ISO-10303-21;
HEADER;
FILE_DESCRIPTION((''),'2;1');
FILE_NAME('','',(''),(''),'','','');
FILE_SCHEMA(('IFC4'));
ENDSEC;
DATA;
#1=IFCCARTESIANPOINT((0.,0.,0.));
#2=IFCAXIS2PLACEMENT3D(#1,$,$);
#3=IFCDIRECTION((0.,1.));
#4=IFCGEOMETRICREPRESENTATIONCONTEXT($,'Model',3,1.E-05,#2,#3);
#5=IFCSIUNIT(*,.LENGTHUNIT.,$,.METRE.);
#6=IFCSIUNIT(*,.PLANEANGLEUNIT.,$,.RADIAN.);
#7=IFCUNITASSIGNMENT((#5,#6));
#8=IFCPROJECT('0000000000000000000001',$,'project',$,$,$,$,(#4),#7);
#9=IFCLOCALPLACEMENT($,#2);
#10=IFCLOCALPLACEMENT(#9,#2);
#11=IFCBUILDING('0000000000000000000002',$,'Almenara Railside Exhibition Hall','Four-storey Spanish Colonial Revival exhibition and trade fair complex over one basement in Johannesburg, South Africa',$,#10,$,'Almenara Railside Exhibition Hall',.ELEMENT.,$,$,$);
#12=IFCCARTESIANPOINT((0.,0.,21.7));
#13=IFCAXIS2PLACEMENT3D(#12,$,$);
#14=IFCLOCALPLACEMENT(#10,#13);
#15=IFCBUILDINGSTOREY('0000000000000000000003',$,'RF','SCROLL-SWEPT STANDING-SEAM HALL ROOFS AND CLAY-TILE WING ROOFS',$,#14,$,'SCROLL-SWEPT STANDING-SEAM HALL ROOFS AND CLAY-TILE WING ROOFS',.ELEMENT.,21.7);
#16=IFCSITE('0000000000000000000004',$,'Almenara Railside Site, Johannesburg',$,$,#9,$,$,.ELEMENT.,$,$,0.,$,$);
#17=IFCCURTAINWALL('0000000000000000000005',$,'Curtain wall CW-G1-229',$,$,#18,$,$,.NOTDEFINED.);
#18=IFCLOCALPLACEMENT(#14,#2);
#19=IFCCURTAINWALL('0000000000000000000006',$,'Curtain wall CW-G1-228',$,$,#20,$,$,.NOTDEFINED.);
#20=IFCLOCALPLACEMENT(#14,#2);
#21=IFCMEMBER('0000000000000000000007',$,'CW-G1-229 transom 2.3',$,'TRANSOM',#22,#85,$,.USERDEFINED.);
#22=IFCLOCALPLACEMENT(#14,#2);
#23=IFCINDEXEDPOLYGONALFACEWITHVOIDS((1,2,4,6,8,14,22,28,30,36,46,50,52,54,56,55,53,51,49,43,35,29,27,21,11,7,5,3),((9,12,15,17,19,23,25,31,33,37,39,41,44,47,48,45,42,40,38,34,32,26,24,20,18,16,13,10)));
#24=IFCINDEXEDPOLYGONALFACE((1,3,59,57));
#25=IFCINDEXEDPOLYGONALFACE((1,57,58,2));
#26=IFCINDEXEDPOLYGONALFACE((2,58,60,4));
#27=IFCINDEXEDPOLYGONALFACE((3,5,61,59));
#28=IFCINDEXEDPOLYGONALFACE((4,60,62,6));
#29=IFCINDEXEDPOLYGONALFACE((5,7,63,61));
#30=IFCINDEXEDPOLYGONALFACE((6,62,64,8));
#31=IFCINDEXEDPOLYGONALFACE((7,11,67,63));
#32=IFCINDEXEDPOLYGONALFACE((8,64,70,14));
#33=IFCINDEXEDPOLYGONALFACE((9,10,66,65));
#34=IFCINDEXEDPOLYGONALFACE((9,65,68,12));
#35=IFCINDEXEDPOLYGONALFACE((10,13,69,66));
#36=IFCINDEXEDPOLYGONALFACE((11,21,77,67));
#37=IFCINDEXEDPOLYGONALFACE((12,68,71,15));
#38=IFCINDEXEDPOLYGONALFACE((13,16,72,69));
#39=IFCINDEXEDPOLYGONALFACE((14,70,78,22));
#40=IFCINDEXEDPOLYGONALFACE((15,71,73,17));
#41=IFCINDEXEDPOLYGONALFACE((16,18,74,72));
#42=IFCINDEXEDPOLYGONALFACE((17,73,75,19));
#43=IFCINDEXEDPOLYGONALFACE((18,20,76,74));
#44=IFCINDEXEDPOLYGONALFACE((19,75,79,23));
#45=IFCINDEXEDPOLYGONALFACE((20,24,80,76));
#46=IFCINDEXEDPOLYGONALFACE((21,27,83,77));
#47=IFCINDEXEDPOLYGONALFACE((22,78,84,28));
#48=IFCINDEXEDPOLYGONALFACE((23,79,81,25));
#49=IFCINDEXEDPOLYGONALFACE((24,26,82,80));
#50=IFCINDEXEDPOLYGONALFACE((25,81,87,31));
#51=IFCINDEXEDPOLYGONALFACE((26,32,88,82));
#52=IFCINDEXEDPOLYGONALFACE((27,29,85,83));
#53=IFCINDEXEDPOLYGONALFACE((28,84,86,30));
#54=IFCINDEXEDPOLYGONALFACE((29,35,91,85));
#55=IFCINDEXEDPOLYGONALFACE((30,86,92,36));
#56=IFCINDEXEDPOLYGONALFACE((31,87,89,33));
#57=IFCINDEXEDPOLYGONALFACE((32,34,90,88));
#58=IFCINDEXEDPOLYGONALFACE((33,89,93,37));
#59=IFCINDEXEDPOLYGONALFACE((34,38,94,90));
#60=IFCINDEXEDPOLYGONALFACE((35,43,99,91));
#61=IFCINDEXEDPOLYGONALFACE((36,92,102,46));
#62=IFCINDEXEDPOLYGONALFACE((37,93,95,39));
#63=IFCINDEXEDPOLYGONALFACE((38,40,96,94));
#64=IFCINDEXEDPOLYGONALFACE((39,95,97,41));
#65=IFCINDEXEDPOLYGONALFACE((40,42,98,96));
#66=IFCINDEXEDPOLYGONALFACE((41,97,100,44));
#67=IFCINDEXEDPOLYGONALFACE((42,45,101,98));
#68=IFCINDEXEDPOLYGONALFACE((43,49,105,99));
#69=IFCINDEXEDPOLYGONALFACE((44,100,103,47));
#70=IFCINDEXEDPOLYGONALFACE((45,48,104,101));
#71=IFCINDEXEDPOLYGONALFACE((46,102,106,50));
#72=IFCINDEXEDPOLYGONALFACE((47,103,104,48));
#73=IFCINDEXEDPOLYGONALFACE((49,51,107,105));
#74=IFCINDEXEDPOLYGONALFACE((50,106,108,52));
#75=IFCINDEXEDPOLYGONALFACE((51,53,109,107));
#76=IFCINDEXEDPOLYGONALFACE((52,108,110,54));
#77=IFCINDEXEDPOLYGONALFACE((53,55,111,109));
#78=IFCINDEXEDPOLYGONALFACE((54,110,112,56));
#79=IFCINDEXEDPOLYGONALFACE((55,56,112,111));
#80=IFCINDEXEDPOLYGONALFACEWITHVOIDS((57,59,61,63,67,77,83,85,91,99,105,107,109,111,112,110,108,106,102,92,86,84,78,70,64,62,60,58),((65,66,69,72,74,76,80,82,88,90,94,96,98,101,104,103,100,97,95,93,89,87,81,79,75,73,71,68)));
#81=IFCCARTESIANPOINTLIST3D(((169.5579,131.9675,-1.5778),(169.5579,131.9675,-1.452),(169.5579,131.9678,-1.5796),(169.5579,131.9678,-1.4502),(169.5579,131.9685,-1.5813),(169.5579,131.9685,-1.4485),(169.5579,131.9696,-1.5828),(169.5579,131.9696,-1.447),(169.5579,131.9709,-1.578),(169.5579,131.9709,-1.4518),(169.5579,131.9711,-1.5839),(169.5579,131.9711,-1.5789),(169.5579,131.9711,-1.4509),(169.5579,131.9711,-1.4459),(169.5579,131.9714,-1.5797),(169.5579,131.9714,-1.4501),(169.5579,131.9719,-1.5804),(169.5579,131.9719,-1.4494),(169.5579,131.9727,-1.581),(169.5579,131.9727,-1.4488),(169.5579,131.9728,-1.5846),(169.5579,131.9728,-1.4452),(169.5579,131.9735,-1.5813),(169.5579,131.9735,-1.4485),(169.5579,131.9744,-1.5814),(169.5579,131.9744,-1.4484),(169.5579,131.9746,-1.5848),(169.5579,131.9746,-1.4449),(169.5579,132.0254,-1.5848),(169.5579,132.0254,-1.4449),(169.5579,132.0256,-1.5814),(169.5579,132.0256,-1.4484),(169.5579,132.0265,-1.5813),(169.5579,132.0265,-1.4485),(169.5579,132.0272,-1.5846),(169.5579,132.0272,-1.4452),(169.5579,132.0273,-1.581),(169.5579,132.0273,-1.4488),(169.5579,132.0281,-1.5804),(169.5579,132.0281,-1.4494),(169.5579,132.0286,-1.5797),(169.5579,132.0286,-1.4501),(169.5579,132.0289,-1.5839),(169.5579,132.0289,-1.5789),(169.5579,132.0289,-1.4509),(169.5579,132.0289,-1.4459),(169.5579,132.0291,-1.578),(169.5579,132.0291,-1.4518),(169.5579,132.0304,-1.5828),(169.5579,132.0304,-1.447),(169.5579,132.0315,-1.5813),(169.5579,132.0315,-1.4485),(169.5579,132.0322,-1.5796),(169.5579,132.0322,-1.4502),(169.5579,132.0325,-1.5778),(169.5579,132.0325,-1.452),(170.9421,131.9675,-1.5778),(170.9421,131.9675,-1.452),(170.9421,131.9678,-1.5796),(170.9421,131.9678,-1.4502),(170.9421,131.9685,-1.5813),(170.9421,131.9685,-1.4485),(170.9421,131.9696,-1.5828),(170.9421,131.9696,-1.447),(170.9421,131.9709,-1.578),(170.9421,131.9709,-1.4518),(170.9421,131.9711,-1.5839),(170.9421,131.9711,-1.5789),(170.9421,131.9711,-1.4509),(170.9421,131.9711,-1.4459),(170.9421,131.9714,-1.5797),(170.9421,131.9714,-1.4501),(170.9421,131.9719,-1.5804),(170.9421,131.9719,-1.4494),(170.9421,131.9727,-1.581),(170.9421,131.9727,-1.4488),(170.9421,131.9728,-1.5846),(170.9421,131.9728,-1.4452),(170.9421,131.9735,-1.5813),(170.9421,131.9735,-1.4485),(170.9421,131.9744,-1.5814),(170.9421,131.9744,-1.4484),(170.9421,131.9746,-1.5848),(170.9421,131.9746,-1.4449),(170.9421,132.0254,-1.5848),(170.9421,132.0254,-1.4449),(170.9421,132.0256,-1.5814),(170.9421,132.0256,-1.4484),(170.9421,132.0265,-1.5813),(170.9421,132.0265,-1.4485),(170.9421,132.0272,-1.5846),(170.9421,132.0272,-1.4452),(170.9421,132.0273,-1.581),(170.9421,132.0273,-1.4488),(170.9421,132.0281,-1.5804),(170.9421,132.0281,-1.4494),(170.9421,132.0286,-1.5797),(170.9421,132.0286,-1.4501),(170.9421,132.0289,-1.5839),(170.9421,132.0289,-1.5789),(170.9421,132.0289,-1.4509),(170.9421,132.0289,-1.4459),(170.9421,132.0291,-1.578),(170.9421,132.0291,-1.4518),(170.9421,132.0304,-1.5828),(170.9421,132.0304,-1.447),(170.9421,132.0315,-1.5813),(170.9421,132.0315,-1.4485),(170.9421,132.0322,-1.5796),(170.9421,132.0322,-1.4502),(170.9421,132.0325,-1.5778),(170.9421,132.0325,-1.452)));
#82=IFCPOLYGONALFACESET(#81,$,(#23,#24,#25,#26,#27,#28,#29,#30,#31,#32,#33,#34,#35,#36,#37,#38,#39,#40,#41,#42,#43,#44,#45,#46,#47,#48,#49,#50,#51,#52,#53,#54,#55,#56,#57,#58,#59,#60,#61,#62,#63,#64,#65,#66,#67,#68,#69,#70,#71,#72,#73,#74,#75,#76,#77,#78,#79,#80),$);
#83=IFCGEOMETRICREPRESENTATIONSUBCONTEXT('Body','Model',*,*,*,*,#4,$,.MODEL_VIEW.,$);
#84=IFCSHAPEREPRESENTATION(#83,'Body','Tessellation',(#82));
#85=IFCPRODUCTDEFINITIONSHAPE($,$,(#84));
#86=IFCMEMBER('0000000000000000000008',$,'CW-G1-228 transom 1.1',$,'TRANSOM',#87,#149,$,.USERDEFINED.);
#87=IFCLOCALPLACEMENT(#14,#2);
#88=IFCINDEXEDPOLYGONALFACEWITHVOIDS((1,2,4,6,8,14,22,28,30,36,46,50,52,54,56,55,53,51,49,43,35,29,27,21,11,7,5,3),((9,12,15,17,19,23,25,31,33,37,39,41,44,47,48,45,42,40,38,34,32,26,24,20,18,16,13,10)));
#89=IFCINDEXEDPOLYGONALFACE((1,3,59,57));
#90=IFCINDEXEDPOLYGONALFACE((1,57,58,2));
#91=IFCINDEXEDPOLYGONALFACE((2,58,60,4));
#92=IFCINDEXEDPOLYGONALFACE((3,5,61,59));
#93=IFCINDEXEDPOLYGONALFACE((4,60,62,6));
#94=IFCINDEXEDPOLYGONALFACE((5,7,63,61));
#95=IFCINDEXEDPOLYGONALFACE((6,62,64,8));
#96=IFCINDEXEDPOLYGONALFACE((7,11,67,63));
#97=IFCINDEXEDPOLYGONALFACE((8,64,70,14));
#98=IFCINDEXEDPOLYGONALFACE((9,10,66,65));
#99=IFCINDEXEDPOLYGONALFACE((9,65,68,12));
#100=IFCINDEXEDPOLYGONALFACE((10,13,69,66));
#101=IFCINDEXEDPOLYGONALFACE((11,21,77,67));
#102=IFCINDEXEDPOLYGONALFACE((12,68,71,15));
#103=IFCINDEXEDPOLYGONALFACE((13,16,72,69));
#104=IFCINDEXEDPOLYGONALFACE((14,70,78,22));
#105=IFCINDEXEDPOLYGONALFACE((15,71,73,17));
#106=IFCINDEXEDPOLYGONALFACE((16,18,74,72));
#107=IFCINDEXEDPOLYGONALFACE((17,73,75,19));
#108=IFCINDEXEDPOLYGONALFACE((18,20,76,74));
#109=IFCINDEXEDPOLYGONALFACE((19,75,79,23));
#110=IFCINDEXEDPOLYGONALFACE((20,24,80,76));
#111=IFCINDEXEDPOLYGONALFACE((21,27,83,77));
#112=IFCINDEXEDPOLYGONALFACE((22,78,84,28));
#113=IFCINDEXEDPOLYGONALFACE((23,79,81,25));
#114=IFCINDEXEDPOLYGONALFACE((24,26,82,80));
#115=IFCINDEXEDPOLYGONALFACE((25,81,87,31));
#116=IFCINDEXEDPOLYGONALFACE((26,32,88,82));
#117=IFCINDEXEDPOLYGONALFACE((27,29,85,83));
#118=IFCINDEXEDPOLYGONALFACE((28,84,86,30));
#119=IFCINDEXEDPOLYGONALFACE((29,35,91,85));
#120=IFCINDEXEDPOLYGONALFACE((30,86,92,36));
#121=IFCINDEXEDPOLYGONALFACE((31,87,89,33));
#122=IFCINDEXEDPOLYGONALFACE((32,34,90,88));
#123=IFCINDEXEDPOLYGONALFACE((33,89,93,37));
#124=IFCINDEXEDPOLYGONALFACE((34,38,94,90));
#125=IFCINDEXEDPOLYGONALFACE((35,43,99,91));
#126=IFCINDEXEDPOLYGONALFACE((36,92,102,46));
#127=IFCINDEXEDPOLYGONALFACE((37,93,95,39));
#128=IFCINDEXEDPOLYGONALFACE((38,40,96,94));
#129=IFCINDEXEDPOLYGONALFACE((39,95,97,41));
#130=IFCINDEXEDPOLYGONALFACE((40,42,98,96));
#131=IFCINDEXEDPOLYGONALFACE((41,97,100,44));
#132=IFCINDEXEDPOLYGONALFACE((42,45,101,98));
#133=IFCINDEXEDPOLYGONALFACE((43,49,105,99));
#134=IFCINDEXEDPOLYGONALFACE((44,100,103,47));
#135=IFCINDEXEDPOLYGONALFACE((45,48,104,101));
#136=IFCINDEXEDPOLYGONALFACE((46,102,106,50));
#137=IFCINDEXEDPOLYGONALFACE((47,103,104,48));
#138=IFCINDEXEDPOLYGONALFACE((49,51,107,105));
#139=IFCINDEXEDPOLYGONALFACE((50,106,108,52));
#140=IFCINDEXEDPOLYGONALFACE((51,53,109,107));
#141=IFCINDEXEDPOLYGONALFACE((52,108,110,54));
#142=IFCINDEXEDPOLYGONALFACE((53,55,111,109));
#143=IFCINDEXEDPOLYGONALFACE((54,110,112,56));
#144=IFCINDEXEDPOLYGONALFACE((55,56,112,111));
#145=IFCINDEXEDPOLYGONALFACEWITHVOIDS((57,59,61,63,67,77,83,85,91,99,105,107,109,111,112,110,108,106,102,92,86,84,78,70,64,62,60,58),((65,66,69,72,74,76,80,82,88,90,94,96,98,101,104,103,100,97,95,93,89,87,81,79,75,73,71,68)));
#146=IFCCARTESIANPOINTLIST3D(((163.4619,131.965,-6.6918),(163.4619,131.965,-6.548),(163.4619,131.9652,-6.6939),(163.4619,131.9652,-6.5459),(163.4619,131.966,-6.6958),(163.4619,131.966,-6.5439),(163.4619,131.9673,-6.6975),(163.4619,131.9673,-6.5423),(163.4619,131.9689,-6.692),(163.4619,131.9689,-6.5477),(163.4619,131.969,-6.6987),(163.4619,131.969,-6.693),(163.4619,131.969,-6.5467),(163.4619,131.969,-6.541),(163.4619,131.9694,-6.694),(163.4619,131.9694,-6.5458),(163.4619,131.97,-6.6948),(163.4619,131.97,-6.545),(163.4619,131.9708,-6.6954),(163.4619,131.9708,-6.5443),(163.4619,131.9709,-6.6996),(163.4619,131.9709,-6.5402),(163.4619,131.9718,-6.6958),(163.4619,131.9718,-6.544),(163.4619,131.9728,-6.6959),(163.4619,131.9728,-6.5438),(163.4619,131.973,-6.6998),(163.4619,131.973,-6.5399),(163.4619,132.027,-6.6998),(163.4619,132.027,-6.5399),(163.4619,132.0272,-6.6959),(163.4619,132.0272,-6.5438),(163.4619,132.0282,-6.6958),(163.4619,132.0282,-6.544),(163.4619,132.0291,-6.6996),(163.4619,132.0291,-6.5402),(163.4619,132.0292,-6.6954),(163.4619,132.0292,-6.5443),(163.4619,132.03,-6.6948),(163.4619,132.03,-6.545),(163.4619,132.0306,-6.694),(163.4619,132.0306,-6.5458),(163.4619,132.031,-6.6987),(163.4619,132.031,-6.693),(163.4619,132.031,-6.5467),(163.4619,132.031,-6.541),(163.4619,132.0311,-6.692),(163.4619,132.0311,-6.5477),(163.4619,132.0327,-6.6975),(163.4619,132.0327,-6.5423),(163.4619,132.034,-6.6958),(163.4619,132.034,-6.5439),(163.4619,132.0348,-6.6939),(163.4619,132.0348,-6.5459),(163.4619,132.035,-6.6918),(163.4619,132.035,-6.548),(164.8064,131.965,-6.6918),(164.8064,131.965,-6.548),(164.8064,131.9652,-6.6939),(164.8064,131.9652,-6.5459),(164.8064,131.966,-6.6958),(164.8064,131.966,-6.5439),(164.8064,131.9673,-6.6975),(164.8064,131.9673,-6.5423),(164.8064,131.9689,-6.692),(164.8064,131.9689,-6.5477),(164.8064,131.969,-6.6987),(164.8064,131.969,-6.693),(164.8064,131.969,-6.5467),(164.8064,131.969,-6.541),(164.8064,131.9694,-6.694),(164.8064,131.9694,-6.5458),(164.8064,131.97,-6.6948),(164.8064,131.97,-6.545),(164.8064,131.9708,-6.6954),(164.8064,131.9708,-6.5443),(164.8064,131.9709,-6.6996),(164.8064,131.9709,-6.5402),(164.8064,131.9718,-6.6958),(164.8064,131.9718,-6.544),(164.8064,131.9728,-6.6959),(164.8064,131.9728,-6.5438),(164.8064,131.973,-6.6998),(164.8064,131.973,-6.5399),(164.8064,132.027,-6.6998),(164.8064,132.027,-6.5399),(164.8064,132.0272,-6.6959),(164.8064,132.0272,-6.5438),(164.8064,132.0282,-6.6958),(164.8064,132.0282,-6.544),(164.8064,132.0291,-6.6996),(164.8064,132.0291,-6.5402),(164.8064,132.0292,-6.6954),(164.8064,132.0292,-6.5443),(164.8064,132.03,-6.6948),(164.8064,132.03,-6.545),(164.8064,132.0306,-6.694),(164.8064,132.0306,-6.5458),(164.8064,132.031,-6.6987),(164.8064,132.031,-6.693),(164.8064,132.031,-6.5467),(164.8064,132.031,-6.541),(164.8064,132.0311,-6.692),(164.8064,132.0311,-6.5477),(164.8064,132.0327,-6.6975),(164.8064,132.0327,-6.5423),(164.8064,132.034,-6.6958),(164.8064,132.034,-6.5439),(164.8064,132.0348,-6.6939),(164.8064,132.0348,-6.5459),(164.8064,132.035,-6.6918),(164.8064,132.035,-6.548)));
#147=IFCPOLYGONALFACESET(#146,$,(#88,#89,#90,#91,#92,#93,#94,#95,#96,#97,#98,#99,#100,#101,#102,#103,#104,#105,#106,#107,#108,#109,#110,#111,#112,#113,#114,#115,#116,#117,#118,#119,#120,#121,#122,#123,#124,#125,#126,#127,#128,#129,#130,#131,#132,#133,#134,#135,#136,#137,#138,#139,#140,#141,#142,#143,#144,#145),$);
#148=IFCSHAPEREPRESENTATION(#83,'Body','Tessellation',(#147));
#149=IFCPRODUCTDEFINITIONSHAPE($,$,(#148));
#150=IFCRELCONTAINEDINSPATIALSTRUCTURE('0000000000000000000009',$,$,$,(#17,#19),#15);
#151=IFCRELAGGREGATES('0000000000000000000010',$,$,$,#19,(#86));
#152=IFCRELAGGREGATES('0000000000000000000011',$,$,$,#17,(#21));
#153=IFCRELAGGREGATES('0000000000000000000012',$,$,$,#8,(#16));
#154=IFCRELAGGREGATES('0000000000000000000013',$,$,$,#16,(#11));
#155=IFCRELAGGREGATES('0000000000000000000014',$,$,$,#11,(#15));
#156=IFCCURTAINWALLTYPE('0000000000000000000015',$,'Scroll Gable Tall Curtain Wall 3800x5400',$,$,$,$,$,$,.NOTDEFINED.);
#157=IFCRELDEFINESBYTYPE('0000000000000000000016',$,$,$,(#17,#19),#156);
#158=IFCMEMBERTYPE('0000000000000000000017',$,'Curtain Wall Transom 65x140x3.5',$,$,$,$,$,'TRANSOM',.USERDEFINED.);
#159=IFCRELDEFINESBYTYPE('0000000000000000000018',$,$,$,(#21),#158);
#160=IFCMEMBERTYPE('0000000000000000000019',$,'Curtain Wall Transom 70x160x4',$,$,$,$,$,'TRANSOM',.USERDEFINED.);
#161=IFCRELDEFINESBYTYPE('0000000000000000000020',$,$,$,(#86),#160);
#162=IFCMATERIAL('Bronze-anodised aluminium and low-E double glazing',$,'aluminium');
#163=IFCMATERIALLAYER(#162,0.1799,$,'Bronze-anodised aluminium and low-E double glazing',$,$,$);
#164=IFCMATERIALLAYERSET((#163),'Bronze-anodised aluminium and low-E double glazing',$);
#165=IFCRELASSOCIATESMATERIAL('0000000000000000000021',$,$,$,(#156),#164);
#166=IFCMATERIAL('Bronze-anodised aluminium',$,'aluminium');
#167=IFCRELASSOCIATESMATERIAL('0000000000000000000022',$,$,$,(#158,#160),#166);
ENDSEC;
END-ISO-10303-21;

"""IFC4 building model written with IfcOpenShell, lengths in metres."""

from ifc_helpers import new_model, si_unit, direction, frame, origin, origin_2d, place, context, subcontext, project, spatial, hollow_rectangle, extrude, material, layer, layer_set, material_profile, profile_set, type_object, element, aggregate, save


model = new_model("IFC4")

# Units and contexts
model_context = context("Model", 3, precision=1e-05, world=origin(), true_north=direction((0.0, 1.0)))
body_context = subcontext(model_context, "Body", "Model", "MODEL_VIEW")
ifc_project = project(units=[si_unit("LENGTHUNIT", "METRE"), si_unit("PLANEANGLEUNIT", "RADIAN")], contexts=[model_context])

# Site, building, storey
site_placement = place(None, origin())
site = spatial("IfcSite", under=ifc_project, at=site_placement, Name="Almenara Railside Site, Johannesburg", CompositionType="ELEMENT", RefElevation=0.0)
building_placement = place(site_placement, origin())
building = spatial("IfcBuilding", under=site, at=building_placement, Name="Almenara Railside Exhibition Hall", Description="Four-storey Spanish Colonial Revival exhibition and trade fair complex over one basement in Johannesburg, South Africa", LongName="Almenara Railside Exhibition Hall", CompositionType="ELEMENT")
storey_placement = place(building_placement, frame((0.0, 0.0, 21.7)))
storey = spatial("IfcBuildingStorey", under=building, at=storey_placement, Name="RF", Description="SCROLL-SWEPT STANDING-SEAM HALL ROOFS AND CLAY-TILE WING ROOFS", LongName="SCROLL-SWEPT STANDING-SEAM HALL ROOFS AND CLAY-TILE WING ROOFS", CompositionType="ELEMENT", Elevation=21.7)

# Curtain walls
ifc_material_1 = material(Name="Bronze-anodised aluminium and low-E double glazing", Category="aluminium")
ifc_layer_1 = layer(ifc_material_1, 0.1799, Name="Bronze-anodised aluminium and low-E double glazing")
ifc_layer_set_1 = layer_set([ifc_layer_1], Name="Bronze-anodised aluminium and low-E double glazing")
curtain_wall_type = type_object("IfcCurtainWallType", Name="Scroll Gable Tall Curtain Wall 3800x5400", PredefinedType="NOTDEFINED", material=ifc_layer_set_1)
ifc_material_2 = material(Name="Bronze-anodised aluminium", Category="aluminium")
curtain_wall_1_placement = place(storey_placement, origin())
curtain_wall_1 = element("IfcCurtainWall", 1, at=curtain_wall_1_placement, inside=storey, type_object=curtain_wall_type, Name="Curtain wall CW-G1-229", PredefinedType="NOTDEFINED")
curtain_wall_2_placement = place(storey_placement, origin())
curtain_wall_2 = element("IfcCurtainWall", 2, at=curtain_wall_2_placement, inside=storey, type_object=curtain_wall_type, Name="Curtain wall CW-G1-228", PredefinedType="NOTDEFINED")

# Members
ifc_material_profile_1 = material_profile(ifc_material_2, hollow_rectangle(XDim=0.0649, YDim=0.1399, WallThickness=0.0034, InnerFilletRadius=0.0034, OuterFilletRadius=0.0071, at=origin_2d()), Name="ALU-TRN 65x140x3.5")
ifc_profile_set_1 = profile_set([ifc_material_profile_1], Name="Bronze-anodised aluminium")
member_type_1 = type_object("IfcMemberType", Name="Curtain Wall Transom 65x140x3.5", ElementType="TRANSOM", PredefinedType="USERDEFINED", material=ifc_profile_set_1)
member_1_placement = place(storey_placement, frame((169.5579, 132.0, -1.5149), z_axis=(1.0, 0.0, 0.0), x_axis=(0.0, 1.0, 0.0)))
member_1 = element("IfcMember", 3, at=member_1_placement, type_object=member_type_1, Name="CW-G1-229 transom 2.3", ObjectType="TRANSOM", PredefinedType="USERDEFINED", context=body_context, shape_type="SweptSolid", body=[
    extrude(hollow_rectangle(XDim=0.0649, YDim=0.1399, WallThickness=0.0034, InnerFilletRadius=0.0034, OuterFilletRadius=0.0071, at=origin_2d()), origin(), (0.0, 0.0, 1.0), 1.3843),
])
ifc_material_profile_2 = material_profile(ifc_material_2, hollow_rectangle(XDim=0.0701, YDim=0.1599, WallThickness=0.0039, InnerFilletRadius=0.0039, OuterFilletRadius=0.0081, at=origin_2d()), Name="ALU-TRN 70x160x4")
ifc_profile_set_2 = profile_set([ifc_material_profile_2], Name="Bronze-anodised aluminium")
member_type_2 = type_object("IfcMemberType", Name="Curtain Wall Transom 70x160x4", ElementType="TRANSOM", PredefinedType="USERDEFINED", material=ifc_profile_set_2)
member_2_placement = place(storey_placement, frame((163.4619, 132.0, -6.6199), z_axis=(1.0, 0.0, 0.0), x_axis=(0.0, 1.0, 0.0)))
member_2 = element("IfcMember", 4, at=member_2_placement, type_object=member_type_2, Name="CW-G1-228 transom 1.1", ObjectType="TRANSOM", PredefinedType="USERDEFINED", context=body_context, shape_type="SweptSolid", body=[
    extrude(hollow_rectangle(XDim=0.0701, YDim=0.1599, WallThickness=0.0039, InnerFilletRadius=0.0039, OuterFilletRadius=0.0081, at=origin_2d()), origin(), (0.0, 0.0, 1.0), 1.3445),
])

aggregate(curtain_wall_2, [member_2])
aggregate(curtain_wall_1, [member_1])

save(model, "model.ifc")
